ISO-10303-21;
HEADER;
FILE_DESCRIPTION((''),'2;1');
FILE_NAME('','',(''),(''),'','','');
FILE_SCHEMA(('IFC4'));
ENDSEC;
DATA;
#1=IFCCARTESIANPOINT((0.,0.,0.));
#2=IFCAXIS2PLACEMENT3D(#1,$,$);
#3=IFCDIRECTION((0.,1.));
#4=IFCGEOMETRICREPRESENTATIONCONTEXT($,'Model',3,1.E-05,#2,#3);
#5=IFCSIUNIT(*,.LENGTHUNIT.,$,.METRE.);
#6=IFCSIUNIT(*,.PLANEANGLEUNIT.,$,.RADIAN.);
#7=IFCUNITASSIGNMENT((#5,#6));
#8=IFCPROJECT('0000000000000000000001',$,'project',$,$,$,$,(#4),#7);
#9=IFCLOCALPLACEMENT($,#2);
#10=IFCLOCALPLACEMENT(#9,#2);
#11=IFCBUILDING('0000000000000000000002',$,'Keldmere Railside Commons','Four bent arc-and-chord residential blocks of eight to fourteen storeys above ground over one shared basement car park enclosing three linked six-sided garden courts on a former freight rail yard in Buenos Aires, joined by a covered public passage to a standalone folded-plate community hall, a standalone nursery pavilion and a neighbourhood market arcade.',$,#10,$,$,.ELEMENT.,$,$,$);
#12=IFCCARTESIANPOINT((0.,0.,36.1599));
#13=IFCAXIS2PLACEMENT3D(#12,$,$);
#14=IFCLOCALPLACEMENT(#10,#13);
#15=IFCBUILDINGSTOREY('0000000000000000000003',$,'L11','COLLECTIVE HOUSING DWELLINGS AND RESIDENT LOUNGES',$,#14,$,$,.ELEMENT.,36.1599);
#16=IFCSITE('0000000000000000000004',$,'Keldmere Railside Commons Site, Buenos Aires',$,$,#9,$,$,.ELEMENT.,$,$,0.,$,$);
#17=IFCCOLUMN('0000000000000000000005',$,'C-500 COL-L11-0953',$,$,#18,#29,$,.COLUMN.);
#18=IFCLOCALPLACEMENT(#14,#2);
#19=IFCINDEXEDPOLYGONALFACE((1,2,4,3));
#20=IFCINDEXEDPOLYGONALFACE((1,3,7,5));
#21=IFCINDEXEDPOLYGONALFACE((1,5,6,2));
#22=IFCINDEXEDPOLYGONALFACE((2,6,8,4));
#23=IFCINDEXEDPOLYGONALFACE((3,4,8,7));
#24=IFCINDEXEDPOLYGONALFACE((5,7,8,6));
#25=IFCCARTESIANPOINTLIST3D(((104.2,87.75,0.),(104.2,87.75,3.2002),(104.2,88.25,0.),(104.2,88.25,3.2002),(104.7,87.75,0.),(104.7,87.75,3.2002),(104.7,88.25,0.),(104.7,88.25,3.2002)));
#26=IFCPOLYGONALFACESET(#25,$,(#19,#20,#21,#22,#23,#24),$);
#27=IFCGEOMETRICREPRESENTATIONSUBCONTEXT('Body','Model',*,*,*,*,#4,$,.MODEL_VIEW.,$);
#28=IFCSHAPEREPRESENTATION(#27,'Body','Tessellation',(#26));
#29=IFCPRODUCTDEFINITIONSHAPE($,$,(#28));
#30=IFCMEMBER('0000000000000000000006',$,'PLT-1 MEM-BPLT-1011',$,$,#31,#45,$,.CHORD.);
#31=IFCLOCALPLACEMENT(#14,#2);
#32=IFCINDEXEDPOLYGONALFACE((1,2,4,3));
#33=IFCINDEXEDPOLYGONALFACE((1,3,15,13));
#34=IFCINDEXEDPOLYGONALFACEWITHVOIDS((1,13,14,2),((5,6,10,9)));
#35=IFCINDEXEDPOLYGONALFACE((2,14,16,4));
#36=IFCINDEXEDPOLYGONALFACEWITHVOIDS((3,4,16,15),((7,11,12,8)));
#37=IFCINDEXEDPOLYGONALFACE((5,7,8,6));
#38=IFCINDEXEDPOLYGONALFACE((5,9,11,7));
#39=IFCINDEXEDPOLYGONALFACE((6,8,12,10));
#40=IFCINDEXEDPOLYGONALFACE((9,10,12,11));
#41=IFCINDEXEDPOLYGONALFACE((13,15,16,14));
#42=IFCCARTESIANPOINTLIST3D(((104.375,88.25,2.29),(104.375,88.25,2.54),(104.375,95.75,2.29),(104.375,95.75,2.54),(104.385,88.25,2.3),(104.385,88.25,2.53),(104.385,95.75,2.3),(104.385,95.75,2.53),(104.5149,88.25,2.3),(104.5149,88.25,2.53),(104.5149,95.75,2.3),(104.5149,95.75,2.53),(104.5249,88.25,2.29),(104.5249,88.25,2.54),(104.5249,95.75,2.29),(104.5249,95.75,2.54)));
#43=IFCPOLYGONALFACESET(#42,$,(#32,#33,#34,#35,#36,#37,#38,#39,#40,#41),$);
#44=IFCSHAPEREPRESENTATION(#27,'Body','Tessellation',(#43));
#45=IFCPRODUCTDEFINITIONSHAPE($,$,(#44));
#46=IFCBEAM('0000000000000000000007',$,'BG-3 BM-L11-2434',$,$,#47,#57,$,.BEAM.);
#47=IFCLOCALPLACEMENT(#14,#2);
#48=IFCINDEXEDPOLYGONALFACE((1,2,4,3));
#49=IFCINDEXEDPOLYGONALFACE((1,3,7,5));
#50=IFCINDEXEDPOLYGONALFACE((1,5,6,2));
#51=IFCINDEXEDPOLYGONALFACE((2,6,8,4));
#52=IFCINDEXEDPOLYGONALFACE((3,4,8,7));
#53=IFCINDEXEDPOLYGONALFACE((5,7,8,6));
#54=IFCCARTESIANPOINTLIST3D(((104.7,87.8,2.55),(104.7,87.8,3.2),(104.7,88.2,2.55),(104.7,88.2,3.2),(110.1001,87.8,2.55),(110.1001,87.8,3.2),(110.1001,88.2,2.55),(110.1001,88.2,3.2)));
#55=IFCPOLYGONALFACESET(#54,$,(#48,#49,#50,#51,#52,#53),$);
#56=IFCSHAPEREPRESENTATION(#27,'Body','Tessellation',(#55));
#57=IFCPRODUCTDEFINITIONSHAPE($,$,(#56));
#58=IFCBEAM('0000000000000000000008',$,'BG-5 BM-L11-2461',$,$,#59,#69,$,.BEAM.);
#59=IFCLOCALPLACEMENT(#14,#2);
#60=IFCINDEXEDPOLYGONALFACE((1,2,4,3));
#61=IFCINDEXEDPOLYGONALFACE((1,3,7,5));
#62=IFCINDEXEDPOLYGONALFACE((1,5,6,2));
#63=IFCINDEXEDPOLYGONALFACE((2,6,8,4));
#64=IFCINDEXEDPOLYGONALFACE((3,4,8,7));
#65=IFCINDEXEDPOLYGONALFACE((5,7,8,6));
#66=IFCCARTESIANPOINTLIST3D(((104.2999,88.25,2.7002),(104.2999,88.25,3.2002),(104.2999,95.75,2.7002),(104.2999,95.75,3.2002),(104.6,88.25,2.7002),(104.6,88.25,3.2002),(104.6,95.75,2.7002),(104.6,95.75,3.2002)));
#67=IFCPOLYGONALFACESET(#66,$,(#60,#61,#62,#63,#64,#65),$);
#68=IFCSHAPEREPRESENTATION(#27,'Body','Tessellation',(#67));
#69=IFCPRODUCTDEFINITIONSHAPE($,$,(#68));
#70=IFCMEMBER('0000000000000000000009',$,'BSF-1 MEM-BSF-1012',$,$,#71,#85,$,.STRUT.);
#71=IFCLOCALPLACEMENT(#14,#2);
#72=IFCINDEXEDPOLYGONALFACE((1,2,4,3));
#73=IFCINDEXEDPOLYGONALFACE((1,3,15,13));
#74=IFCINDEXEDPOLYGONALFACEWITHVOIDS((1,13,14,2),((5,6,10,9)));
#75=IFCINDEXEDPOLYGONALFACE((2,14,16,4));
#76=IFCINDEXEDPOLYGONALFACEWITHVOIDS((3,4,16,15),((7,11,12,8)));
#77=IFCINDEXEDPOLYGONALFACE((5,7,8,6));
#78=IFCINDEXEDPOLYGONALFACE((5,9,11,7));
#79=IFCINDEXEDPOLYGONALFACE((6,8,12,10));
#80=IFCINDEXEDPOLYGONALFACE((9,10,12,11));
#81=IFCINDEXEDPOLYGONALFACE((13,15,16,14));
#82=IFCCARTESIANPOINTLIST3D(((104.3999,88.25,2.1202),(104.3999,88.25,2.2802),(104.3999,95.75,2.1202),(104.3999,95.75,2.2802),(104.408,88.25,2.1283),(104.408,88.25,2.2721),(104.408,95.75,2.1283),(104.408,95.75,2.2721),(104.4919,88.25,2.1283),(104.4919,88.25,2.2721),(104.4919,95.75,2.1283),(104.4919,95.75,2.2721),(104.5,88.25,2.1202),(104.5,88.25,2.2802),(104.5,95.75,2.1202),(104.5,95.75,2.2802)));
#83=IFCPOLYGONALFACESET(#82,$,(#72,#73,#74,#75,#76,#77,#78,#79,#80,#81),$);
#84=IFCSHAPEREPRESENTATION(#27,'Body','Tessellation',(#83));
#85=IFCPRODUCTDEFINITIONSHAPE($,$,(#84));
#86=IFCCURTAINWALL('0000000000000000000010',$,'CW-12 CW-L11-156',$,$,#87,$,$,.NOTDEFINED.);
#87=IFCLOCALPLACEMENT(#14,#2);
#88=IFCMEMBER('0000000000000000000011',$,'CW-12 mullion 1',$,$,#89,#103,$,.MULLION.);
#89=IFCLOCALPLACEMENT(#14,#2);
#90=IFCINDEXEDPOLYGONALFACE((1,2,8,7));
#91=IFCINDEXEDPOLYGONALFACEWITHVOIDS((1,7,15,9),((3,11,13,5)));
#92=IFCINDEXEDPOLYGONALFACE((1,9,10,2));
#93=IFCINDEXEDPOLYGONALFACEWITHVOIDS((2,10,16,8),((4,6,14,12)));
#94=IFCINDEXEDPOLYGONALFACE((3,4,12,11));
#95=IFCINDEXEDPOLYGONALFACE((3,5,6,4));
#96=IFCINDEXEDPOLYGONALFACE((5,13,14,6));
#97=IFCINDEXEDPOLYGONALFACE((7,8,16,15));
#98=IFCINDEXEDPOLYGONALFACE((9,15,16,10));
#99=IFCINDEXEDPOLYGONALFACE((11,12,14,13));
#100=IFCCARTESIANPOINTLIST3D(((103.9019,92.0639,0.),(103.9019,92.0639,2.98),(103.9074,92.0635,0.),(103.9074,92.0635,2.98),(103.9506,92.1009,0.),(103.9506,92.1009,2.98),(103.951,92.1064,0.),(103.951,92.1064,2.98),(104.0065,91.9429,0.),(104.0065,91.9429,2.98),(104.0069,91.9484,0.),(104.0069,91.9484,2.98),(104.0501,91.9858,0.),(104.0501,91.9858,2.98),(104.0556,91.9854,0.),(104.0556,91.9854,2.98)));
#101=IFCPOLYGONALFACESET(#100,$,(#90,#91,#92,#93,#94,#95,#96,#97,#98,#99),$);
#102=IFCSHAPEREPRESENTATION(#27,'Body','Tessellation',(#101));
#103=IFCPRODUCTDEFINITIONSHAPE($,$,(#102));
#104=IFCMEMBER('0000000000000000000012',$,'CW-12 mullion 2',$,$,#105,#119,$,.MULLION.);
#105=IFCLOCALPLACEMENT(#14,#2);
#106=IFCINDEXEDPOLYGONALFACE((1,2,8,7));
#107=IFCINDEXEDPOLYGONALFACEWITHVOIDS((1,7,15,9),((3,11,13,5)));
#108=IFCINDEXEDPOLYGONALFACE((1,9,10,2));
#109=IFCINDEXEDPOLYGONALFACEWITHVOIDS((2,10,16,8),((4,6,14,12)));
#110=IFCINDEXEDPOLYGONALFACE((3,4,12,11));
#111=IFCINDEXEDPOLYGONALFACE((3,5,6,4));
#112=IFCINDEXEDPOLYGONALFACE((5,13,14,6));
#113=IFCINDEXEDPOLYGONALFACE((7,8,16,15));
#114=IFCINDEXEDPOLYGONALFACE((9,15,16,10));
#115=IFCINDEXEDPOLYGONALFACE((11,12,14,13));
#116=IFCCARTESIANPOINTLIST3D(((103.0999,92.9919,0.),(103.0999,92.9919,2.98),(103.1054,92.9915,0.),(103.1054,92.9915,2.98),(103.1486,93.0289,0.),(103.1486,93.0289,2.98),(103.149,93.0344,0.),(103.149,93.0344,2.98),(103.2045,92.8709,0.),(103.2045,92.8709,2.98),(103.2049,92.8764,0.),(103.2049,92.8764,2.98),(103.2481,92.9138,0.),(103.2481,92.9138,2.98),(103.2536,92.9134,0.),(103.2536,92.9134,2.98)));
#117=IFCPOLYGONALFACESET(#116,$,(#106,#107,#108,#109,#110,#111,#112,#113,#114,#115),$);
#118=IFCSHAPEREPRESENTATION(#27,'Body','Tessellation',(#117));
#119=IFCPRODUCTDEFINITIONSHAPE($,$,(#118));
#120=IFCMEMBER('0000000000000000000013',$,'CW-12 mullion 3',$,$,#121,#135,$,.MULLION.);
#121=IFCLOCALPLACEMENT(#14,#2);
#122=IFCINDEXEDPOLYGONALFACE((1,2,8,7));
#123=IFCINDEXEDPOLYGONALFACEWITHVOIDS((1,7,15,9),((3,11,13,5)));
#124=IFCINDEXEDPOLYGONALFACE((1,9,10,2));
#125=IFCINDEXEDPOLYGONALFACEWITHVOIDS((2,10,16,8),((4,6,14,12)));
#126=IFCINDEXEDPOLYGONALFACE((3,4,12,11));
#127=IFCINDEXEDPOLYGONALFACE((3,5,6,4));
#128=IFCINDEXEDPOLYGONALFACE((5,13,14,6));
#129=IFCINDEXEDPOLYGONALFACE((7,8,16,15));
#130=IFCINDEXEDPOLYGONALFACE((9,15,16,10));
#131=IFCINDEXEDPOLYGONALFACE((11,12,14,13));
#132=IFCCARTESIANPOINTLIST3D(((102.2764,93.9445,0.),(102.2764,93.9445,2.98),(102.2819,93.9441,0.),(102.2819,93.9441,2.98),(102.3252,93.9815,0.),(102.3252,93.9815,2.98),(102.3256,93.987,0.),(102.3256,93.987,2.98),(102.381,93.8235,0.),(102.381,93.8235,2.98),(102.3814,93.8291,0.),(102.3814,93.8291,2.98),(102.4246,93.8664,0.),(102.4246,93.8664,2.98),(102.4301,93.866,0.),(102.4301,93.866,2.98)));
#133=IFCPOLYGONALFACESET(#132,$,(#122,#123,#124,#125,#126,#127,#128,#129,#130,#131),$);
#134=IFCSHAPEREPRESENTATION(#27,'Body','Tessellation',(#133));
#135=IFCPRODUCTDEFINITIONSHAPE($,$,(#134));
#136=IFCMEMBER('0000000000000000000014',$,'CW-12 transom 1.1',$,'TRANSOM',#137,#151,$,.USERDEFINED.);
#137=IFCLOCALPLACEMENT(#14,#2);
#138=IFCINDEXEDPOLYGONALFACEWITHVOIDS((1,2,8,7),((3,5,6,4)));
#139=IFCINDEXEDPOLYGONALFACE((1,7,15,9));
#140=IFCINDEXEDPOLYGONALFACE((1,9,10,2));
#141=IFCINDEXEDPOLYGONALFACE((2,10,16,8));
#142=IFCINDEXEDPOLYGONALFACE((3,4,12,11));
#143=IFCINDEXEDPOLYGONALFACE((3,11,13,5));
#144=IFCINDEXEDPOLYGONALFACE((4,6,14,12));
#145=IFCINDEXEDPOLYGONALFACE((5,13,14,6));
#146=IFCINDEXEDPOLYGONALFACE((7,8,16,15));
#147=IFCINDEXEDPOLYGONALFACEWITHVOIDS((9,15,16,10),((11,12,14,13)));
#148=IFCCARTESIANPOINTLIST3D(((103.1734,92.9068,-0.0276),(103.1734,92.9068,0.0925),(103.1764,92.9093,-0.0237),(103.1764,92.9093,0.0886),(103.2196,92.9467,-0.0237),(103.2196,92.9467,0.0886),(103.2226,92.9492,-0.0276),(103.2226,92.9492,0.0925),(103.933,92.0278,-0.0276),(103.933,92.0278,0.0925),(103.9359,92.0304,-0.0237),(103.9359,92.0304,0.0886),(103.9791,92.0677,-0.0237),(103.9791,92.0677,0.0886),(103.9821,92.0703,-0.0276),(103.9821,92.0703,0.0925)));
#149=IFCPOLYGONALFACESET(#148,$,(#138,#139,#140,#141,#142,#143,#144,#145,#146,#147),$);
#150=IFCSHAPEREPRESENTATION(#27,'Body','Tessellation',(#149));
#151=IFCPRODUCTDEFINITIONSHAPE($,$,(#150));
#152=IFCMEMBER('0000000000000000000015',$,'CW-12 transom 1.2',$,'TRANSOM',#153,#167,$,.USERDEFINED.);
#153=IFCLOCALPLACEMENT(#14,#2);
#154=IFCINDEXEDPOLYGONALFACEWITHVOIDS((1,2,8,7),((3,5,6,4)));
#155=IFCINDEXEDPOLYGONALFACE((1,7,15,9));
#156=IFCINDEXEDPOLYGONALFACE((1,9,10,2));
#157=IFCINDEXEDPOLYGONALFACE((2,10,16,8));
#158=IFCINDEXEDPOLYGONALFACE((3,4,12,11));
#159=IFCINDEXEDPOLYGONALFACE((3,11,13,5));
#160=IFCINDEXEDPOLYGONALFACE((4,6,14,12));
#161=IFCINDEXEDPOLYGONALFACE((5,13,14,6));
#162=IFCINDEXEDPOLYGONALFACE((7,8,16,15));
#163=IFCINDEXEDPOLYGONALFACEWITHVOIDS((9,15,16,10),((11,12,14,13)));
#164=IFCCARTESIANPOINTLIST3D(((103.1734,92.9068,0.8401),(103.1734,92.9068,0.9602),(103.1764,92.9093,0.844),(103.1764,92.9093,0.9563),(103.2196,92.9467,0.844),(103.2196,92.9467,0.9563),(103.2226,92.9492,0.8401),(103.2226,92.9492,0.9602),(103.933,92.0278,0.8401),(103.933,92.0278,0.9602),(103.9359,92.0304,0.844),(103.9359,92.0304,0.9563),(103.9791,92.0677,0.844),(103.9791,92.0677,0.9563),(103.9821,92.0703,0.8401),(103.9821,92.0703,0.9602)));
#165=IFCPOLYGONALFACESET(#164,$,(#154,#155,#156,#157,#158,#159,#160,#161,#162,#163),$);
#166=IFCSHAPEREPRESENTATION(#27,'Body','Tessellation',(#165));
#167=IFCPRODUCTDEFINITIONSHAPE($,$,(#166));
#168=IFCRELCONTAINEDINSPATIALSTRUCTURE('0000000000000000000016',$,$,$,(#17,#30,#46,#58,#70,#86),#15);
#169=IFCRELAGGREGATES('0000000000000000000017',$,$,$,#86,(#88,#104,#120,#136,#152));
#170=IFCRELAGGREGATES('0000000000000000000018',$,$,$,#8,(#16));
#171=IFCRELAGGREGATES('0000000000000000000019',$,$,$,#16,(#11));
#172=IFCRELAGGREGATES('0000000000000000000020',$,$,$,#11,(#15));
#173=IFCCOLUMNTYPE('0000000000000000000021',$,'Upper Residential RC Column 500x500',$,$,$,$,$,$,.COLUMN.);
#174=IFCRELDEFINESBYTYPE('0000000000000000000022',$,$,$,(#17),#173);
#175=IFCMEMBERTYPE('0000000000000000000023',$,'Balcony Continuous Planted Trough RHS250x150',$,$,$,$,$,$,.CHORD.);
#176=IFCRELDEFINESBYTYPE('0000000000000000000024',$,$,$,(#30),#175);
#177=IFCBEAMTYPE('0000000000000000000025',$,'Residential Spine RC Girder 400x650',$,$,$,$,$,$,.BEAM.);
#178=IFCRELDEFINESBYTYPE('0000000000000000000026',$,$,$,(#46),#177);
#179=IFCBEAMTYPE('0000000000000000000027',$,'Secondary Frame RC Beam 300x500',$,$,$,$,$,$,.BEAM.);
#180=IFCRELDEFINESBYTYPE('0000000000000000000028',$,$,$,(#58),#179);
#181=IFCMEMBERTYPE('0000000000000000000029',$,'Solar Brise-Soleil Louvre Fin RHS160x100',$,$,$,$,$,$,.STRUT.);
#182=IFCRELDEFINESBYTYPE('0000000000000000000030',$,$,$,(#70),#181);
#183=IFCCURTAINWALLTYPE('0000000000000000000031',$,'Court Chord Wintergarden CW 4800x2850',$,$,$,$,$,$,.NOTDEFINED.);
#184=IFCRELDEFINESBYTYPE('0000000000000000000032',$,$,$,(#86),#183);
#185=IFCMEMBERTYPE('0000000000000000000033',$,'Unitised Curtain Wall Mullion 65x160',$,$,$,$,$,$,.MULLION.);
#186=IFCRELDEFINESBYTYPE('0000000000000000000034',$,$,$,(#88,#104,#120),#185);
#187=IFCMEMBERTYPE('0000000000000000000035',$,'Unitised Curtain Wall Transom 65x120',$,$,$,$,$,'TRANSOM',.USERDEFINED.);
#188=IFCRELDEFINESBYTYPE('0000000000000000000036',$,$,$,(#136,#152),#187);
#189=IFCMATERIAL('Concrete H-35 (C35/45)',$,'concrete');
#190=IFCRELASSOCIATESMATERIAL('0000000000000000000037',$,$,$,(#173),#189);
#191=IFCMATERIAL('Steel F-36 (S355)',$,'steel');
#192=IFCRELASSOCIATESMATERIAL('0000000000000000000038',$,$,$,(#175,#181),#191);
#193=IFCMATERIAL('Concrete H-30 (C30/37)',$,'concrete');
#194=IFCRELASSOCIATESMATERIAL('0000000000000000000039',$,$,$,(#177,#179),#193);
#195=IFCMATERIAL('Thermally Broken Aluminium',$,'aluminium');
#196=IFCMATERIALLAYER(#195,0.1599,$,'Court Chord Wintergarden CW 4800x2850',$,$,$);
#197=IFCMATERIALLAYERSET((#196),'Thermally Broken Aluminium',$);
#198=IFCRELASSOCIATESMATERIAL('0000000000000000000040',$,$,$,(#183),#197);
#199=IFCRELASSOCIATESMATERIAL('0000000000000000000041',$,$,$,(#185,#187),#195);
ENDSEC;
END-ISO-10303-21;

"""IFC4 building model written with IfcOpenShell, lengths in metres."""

from ifc_helpers import new_model, si_unit, direction, frame, origin, origin_2d, place, context, subcontext, project, spatial, rectangle, hollow_rectangle, extrude, material, layer, layer_set, material_profile, profile_set, type_object, element, aggregate, save


model = new_model("IFC4")

# Units and contexts
model_context = context("Model", 3, precision=1e-05, world=origin(), true_north=direction((0.0, 1.0)))
body_context = subcontext(model_context, "Body", "Model", "MODEL_VIEW")
ifc_project = project(units=[si_unit("LENGTHUNIT", "METRE"), si_unit("PLANEANGLEUNIT", "RADIAN")], contexts=[model_context])

# Site, building, storey
site_placement = place(None, origin())
site = spatial("IfcSite", under=ifc_project, at=site_placement, Name="Keldmere Railside Commons Site, Buenos Aires", CompositionType="ELEMENT", RefElevation=0.0)
building_placement = place(site_placement, origin())
building = spatial("IfcBuilding", under=site, at=building_placement, Name="Keldmere Railside Commons", Description="Four bent arc-and-chord residential blocks of eight to fourteen storeys above ground over one shared basement car park enclosing three linked six-sided garden courts on a former freight rail yard in Buenos Aires, joined by a covered public passage to a standalone folded-plate community hall, a standalone nursery pavilion and a neighbourhood market arcade.", CompositionType="ELEMENT")
storey_placement = place(building_placement, frame((0.0, 0.0, 36.1599)))
storey = spatial("IfcBuildingStorey", under=building, at=storey_placement, Name="L11", Description="COLLECTIVE HOUSING DWELLINGS AND RESIDENT LOUNGES", CompositionType="ELEMENT", Elevation=36.1599)

# Column
ifc_material_1 = material(Name="Concrete H-35 (C35/45)", Category="concrete")
ifc_material_profile_1 = material_profile(ifc_material_1, rectangle(XDim=0.5, YDim=0.5, at=origin_2d()), Name="RC-500x500")
ifc_profile_set_1 = profile_set([ifc_material_profile_1], Name="Concrete H-35 (C35/45)")
column_type = type_object("IfcColumnType", Name="Upper Residential RC Column 500x500", PredefinedType="COLUMN", material=ifc_profile_set_1)
column_placement = place(storey_placement, frame((104.45, 88.0, 0.0), z_axis=(0.0, 0.0, 1.0), x_axis=(1.0, 0.0, 0.0)))
element("IfcColumn", 1, at=column_placement, inside=storey, type_object=column_type, Name="C-500 COL-L11-0953", PredefinedType="COLUMN", context=body_context, shape_type="SweptSolid", body=[
    extrude(rectangle(XDim=0.5, YDim=0.5, at=origin_2d()), origin(), (0.0, 0.0, 1.0), 3.2002),
])

# Member
ifc_material_2 = material(Name="Steel F-36 (S355)", Category="steel")
ifc_material_profile_2 = material_profile(ifc_material_2, hollow_rectangle(XDim=0.1499, YDim=0.25, WallThickness=0.01, at=origin_2d()), Name="RHS-250x150x10")
ifc_profile_set_2 = profile_set([ifc_material_profile_2], Name="Steel F-36 (S355)")
member_type_1 = type_object("IfcMemberType", Name="Balcony Continuous Planted Trough RHS250x150", PredefinedType="CHORD", material=ifc_profile_set_2)
member_1_placement = place(storey_placement, frame((104.45, 88.25, 2.415), z_axis=(0.0, 1.0, 0.0), x_axis=(-1.0, 0.0, 0.0)))
element("IfcMember", 2, at=member_1_placement, inside=storey, type_object=member_type_1, Name="PLT-1 MEM-BPLT-1011", PredefinedType="CHORD", context=body_context, shape_type="SweptSolid", body=[
    extrude(hollow_rectangle(XDim=0.1499, YDim=0.25, WallThickness=0.01, at=origin_2d()), origin(), (0.0, 0.0, 1.0), 7.5),
])

# Beams
ifc_material_3 = material(Name="Concrete H-30 (C30/37)", Category="concrete")
ifc_material_profile_3 = material_profile(ifc_material_3, rectangle(XDim=0.3999, YDim=0.6499, at=origin_2d()), Name="RC-400x650")
ifc_profile_set_3 = profile_set([ifc_material_profile_3], Name="Concrete H-30 (C30/37)")
beam_type_1 = type_object("IfcBeamType", Name="Residential Spine RC Girder 400x650", PredefinedType="BEAM", material=ifc_profile_set_3)
beam_1_placement = place(storey_placement, frame((104.7, 88.0, 2.875), z_axis=(1.0, 0.0, 0.0), x_axis=(0.0, 1.0, 0.0)))
element("IfcBeam", 3, at=beam_1_placement, inside=storey, type_object=beam_type_1, Name="BG-3 BM-L11-2434", PredefinedType="BEAM", context=body_context, shape_type="SweptSolid", body=[
    extrude(rectangle(XDim=0.3999, YDim=0.6499, at=origin_2d()), origin(), (0.0, 0.0, 1.0), 5.4001),
])
ifc_material_profile_4 = material_profile(ifc_material_3, rectangle(XDim=0.3, YDim=0.5, at=origin_2d()), Name="RC-300x500")
ifc_profile_set_4 = profile_set([ifc_material_profile_4], Name="Concrete H-30 (C30/37)")
beam_type_2 = type_object("IfcBeamType", Name="Secondary Frame RC Beam 300x500", PredefinedType="BEAM", material=ifc_profile_set_4)
beam_2_placement = place(storey_placement, frame((104.45, 88.25, 2.9502), z_axis=(0.0, 1.0, 0.0), x_axis=(-1.0, 0.0, 0.0)))
element("IfcBeam", 4, at=beam_2_placement, inside=storey, type_object=beam_type_2, Name="BG-5 BM-L11-2461", PredefinedType="BEAM", context=body_context, shape_type="SweptSolid", body=[
    extrude(rectangle(XDim=0.3, YDim=0.5, at=origin_2d()), origin(), (0.0, 0.0, 1.0), 7.5),
])

# Member
ifc_material_profile_5 = material_profile(ifc_material_2, hollow_rectangle(XDim=0.1001, YDim=0.1599, WallThickness=0.0081, at=origin_2d()), Name="RHS-160x100x8")
ifc_profile_set_5 = profile_set([ifc_material_profile_5], Name="Steel F-36 (S355)")
member_type_2 = type_object("IfcMemberType", Name="Solar Brise-Soleil Louvre Fin RHS160x100", PredefinedType="STRUT", material=ifc_profile_set_5)
member_2_placement = place(storey_placement, frame((104.45, 88.25, 2.2002), z_axis=(0.0, 1.0, 0.0), x_axis=(-1.0, 0.0, 0.0)))
element("IfcMember", 5, at=member_2_placement, inside=storey, type_object=member_type_2, Name="BSF-1 MEM-BSF-1012", PredefinedType="STRUT", context=body_context, shape_type="SweptSolid", body=[
    extrude(hollow_rectangle(XDim=0.1001, YDim=0.1599, WallThickness=0.0081, at=origin_2d()), origin(), (0.0, 0.0, 1.0), 7.5),
])

# Curtain wall, members
ifc_material_4 = material(Name="Thermally Broken Aluminium", Category="aluminium")
ifc_layer_1 = layer(ifc_material_4, 0.1599, Name="Court Chord Wintergarden CW 4800x2850")
ifc_layer_set_1 = layer_set([ifc_layer_1], Name="Thermally Broken Aluminium")
curtain_wall_type = type_object("IfcCurtainWallType", Name="Court Chord Wintergarden CW 4800x2850", PredefinedType="NOTDEFINED", material=ifc_layer_set_1)
curtain_wall_placement = place(storey_placement, origin())
curtain_wall = element("IfcCurtainWall", 6, at=curtain_wall_placement, inside=storey, type_object=curtain_wall_type, Name="CW-12 CW-L11-156", PredefinedType="NOTDEFINED")
ifc_material_profile_6 = material_profile(ifc_material_4, hollow_rectangle(XDim=0.0649, YDim=0.1599, WallThickness=0.0039, at=origin_2d()), Name="ALU-MULL-65x160")
ifc_profile_set_6 = profile_set([ifc_material_profile_6], Name="Thermally Broken Aluminium")
member_type_3 = type_object("IfcMemberType", Name="Unitised Curtain Wall Mullion 65x160", PredefinedType="MULLION", material=ifc_profile_set_6)
member_3_placement = place(storey_placement, frame((103.9788, 92.0247, 0.0), z_axis=(0.0, 0.0, 1.0), x_axis=(-0.756597, -0.653882, 0.0)))
member_3 = element("IfcMember", 7, at=member_3_placement, type_object=member_type_3, Name="CW-12 mullion 1", PredefinedType="MULLION", context=body_context, shape_type="SweptSolid", body=[
    extrude(hollow_rectangle(XDim=0.0649, YDim=0.1599, WallThickness=0.0039, at=origin_2d()), origin(), (0.0, 0.0, 1.0), 2.98),
])
member_4_placement = place(storey_placement, frame((103.1768, 92.9526, 0.0), z_axis=(0.0, 0.0, 1.0), x_axis=(-0.756597, -0.653882, 0.0)))
member_4 = element("IfcMember", 8, at=member_4_placement, type_object=member_type_3, Name="CW-12 mullion 2", PredefinedType="MULLION", context=body_context, shape_type="SweptSolid", body=[
    extrude(hollow_rectangle(XDim=0.0649, YDim=0.1599, WallThickness=0.0039, at=origin_2d()), origin(), (0.0, 0.0, 1.0), 2.98),
])
member_5_placement = place(storey_placement, frame((102.3533, 93.9053, 0.0), z_axis=(0.0, 0.0, 1.0), x_axis=(-0.756597, -0.653882, 0.0)))
member_5 = element("IfcMember", 9, at=member_5_placement, type_object=member_type_3, Name="CW-12 mullion 3", PredefinedType="MULLION", context=body_context, shape_type="SweptSolid", body=[
    extrude(hollow_rectangle(XDim=0.0649, YDim=0.1599, WallThickness=0.0039, at=origin_2d()), origin(), (0.0, 0.0, 1.0), 2.98),
])
ifc_material_profile_7 = material_profile(ifc_material_4, hollow_rectangle(XDim=0.0649, YDim=0.1201, WallThickness=0.0039, at=origin_2d()), Name="ALU-TRAN-65x120")
ifc_profile_set_7 = profile_set([ifc_material_profile_7], Name="Thermally Broken Aluminium")
member_type_4 = type_object("IfcMemberType", Name="Unitised Curtain Wall Transom 65x120", ElementType="TRANSOM", PredefinedType="USERDEFINED", material=ifc_profile_set_7)
member_6_placement = place(storey_placement, frame((103.9575, 92.0491, 0.0325), z_axis=(-0.65385, 0.756624, 0.0), x_axis=(-0.756624, -0.65385, 0.0)))
member_6 = element("IfcMember", 10, at=member_6_placement, type_object=member_type_4, Name="CW-12 transom 1.1", ObjectType="TRANSOM", PredefinedType="USERDEFINED", context=body_context, shape_type="SweptSolid", body=[
    extrude(hollow_rectangle(XDim=0.0649, YDim=0.1201, WallThickness=0.0039, at=origin_2d()), origin(), (0.0, 0.0, 1.0), 1.1616),
])
member_7_placement = place(storey_placement, frame((103.9575, 92.0491, 0.9001), z_axis=(-0.65385, 0.756624, 0.0), x_axis=(-0.756624, -0.65385, 0.0)))
member_7 = element("IfcMember", 11, at=member_7_placement, type_object=member_type_4, Name="CW-12 transom 1.2", ObjectType="TRANSOM", PredefinedType="USERDEFINED", context=body_context, shape_type="SweptSolid", body=[
    extrude(hollow_rectangle(XDim=0.0649, YDim=0.1201, WallThickness=0.0039, at=origin_2d()), origin(), (0.0, 0.0, 1.0), 1.1616),
])
aggregate(curtain_wall, [member_3, member_4, member_5, member_6, member_7])

save(model, "model.ifc")
